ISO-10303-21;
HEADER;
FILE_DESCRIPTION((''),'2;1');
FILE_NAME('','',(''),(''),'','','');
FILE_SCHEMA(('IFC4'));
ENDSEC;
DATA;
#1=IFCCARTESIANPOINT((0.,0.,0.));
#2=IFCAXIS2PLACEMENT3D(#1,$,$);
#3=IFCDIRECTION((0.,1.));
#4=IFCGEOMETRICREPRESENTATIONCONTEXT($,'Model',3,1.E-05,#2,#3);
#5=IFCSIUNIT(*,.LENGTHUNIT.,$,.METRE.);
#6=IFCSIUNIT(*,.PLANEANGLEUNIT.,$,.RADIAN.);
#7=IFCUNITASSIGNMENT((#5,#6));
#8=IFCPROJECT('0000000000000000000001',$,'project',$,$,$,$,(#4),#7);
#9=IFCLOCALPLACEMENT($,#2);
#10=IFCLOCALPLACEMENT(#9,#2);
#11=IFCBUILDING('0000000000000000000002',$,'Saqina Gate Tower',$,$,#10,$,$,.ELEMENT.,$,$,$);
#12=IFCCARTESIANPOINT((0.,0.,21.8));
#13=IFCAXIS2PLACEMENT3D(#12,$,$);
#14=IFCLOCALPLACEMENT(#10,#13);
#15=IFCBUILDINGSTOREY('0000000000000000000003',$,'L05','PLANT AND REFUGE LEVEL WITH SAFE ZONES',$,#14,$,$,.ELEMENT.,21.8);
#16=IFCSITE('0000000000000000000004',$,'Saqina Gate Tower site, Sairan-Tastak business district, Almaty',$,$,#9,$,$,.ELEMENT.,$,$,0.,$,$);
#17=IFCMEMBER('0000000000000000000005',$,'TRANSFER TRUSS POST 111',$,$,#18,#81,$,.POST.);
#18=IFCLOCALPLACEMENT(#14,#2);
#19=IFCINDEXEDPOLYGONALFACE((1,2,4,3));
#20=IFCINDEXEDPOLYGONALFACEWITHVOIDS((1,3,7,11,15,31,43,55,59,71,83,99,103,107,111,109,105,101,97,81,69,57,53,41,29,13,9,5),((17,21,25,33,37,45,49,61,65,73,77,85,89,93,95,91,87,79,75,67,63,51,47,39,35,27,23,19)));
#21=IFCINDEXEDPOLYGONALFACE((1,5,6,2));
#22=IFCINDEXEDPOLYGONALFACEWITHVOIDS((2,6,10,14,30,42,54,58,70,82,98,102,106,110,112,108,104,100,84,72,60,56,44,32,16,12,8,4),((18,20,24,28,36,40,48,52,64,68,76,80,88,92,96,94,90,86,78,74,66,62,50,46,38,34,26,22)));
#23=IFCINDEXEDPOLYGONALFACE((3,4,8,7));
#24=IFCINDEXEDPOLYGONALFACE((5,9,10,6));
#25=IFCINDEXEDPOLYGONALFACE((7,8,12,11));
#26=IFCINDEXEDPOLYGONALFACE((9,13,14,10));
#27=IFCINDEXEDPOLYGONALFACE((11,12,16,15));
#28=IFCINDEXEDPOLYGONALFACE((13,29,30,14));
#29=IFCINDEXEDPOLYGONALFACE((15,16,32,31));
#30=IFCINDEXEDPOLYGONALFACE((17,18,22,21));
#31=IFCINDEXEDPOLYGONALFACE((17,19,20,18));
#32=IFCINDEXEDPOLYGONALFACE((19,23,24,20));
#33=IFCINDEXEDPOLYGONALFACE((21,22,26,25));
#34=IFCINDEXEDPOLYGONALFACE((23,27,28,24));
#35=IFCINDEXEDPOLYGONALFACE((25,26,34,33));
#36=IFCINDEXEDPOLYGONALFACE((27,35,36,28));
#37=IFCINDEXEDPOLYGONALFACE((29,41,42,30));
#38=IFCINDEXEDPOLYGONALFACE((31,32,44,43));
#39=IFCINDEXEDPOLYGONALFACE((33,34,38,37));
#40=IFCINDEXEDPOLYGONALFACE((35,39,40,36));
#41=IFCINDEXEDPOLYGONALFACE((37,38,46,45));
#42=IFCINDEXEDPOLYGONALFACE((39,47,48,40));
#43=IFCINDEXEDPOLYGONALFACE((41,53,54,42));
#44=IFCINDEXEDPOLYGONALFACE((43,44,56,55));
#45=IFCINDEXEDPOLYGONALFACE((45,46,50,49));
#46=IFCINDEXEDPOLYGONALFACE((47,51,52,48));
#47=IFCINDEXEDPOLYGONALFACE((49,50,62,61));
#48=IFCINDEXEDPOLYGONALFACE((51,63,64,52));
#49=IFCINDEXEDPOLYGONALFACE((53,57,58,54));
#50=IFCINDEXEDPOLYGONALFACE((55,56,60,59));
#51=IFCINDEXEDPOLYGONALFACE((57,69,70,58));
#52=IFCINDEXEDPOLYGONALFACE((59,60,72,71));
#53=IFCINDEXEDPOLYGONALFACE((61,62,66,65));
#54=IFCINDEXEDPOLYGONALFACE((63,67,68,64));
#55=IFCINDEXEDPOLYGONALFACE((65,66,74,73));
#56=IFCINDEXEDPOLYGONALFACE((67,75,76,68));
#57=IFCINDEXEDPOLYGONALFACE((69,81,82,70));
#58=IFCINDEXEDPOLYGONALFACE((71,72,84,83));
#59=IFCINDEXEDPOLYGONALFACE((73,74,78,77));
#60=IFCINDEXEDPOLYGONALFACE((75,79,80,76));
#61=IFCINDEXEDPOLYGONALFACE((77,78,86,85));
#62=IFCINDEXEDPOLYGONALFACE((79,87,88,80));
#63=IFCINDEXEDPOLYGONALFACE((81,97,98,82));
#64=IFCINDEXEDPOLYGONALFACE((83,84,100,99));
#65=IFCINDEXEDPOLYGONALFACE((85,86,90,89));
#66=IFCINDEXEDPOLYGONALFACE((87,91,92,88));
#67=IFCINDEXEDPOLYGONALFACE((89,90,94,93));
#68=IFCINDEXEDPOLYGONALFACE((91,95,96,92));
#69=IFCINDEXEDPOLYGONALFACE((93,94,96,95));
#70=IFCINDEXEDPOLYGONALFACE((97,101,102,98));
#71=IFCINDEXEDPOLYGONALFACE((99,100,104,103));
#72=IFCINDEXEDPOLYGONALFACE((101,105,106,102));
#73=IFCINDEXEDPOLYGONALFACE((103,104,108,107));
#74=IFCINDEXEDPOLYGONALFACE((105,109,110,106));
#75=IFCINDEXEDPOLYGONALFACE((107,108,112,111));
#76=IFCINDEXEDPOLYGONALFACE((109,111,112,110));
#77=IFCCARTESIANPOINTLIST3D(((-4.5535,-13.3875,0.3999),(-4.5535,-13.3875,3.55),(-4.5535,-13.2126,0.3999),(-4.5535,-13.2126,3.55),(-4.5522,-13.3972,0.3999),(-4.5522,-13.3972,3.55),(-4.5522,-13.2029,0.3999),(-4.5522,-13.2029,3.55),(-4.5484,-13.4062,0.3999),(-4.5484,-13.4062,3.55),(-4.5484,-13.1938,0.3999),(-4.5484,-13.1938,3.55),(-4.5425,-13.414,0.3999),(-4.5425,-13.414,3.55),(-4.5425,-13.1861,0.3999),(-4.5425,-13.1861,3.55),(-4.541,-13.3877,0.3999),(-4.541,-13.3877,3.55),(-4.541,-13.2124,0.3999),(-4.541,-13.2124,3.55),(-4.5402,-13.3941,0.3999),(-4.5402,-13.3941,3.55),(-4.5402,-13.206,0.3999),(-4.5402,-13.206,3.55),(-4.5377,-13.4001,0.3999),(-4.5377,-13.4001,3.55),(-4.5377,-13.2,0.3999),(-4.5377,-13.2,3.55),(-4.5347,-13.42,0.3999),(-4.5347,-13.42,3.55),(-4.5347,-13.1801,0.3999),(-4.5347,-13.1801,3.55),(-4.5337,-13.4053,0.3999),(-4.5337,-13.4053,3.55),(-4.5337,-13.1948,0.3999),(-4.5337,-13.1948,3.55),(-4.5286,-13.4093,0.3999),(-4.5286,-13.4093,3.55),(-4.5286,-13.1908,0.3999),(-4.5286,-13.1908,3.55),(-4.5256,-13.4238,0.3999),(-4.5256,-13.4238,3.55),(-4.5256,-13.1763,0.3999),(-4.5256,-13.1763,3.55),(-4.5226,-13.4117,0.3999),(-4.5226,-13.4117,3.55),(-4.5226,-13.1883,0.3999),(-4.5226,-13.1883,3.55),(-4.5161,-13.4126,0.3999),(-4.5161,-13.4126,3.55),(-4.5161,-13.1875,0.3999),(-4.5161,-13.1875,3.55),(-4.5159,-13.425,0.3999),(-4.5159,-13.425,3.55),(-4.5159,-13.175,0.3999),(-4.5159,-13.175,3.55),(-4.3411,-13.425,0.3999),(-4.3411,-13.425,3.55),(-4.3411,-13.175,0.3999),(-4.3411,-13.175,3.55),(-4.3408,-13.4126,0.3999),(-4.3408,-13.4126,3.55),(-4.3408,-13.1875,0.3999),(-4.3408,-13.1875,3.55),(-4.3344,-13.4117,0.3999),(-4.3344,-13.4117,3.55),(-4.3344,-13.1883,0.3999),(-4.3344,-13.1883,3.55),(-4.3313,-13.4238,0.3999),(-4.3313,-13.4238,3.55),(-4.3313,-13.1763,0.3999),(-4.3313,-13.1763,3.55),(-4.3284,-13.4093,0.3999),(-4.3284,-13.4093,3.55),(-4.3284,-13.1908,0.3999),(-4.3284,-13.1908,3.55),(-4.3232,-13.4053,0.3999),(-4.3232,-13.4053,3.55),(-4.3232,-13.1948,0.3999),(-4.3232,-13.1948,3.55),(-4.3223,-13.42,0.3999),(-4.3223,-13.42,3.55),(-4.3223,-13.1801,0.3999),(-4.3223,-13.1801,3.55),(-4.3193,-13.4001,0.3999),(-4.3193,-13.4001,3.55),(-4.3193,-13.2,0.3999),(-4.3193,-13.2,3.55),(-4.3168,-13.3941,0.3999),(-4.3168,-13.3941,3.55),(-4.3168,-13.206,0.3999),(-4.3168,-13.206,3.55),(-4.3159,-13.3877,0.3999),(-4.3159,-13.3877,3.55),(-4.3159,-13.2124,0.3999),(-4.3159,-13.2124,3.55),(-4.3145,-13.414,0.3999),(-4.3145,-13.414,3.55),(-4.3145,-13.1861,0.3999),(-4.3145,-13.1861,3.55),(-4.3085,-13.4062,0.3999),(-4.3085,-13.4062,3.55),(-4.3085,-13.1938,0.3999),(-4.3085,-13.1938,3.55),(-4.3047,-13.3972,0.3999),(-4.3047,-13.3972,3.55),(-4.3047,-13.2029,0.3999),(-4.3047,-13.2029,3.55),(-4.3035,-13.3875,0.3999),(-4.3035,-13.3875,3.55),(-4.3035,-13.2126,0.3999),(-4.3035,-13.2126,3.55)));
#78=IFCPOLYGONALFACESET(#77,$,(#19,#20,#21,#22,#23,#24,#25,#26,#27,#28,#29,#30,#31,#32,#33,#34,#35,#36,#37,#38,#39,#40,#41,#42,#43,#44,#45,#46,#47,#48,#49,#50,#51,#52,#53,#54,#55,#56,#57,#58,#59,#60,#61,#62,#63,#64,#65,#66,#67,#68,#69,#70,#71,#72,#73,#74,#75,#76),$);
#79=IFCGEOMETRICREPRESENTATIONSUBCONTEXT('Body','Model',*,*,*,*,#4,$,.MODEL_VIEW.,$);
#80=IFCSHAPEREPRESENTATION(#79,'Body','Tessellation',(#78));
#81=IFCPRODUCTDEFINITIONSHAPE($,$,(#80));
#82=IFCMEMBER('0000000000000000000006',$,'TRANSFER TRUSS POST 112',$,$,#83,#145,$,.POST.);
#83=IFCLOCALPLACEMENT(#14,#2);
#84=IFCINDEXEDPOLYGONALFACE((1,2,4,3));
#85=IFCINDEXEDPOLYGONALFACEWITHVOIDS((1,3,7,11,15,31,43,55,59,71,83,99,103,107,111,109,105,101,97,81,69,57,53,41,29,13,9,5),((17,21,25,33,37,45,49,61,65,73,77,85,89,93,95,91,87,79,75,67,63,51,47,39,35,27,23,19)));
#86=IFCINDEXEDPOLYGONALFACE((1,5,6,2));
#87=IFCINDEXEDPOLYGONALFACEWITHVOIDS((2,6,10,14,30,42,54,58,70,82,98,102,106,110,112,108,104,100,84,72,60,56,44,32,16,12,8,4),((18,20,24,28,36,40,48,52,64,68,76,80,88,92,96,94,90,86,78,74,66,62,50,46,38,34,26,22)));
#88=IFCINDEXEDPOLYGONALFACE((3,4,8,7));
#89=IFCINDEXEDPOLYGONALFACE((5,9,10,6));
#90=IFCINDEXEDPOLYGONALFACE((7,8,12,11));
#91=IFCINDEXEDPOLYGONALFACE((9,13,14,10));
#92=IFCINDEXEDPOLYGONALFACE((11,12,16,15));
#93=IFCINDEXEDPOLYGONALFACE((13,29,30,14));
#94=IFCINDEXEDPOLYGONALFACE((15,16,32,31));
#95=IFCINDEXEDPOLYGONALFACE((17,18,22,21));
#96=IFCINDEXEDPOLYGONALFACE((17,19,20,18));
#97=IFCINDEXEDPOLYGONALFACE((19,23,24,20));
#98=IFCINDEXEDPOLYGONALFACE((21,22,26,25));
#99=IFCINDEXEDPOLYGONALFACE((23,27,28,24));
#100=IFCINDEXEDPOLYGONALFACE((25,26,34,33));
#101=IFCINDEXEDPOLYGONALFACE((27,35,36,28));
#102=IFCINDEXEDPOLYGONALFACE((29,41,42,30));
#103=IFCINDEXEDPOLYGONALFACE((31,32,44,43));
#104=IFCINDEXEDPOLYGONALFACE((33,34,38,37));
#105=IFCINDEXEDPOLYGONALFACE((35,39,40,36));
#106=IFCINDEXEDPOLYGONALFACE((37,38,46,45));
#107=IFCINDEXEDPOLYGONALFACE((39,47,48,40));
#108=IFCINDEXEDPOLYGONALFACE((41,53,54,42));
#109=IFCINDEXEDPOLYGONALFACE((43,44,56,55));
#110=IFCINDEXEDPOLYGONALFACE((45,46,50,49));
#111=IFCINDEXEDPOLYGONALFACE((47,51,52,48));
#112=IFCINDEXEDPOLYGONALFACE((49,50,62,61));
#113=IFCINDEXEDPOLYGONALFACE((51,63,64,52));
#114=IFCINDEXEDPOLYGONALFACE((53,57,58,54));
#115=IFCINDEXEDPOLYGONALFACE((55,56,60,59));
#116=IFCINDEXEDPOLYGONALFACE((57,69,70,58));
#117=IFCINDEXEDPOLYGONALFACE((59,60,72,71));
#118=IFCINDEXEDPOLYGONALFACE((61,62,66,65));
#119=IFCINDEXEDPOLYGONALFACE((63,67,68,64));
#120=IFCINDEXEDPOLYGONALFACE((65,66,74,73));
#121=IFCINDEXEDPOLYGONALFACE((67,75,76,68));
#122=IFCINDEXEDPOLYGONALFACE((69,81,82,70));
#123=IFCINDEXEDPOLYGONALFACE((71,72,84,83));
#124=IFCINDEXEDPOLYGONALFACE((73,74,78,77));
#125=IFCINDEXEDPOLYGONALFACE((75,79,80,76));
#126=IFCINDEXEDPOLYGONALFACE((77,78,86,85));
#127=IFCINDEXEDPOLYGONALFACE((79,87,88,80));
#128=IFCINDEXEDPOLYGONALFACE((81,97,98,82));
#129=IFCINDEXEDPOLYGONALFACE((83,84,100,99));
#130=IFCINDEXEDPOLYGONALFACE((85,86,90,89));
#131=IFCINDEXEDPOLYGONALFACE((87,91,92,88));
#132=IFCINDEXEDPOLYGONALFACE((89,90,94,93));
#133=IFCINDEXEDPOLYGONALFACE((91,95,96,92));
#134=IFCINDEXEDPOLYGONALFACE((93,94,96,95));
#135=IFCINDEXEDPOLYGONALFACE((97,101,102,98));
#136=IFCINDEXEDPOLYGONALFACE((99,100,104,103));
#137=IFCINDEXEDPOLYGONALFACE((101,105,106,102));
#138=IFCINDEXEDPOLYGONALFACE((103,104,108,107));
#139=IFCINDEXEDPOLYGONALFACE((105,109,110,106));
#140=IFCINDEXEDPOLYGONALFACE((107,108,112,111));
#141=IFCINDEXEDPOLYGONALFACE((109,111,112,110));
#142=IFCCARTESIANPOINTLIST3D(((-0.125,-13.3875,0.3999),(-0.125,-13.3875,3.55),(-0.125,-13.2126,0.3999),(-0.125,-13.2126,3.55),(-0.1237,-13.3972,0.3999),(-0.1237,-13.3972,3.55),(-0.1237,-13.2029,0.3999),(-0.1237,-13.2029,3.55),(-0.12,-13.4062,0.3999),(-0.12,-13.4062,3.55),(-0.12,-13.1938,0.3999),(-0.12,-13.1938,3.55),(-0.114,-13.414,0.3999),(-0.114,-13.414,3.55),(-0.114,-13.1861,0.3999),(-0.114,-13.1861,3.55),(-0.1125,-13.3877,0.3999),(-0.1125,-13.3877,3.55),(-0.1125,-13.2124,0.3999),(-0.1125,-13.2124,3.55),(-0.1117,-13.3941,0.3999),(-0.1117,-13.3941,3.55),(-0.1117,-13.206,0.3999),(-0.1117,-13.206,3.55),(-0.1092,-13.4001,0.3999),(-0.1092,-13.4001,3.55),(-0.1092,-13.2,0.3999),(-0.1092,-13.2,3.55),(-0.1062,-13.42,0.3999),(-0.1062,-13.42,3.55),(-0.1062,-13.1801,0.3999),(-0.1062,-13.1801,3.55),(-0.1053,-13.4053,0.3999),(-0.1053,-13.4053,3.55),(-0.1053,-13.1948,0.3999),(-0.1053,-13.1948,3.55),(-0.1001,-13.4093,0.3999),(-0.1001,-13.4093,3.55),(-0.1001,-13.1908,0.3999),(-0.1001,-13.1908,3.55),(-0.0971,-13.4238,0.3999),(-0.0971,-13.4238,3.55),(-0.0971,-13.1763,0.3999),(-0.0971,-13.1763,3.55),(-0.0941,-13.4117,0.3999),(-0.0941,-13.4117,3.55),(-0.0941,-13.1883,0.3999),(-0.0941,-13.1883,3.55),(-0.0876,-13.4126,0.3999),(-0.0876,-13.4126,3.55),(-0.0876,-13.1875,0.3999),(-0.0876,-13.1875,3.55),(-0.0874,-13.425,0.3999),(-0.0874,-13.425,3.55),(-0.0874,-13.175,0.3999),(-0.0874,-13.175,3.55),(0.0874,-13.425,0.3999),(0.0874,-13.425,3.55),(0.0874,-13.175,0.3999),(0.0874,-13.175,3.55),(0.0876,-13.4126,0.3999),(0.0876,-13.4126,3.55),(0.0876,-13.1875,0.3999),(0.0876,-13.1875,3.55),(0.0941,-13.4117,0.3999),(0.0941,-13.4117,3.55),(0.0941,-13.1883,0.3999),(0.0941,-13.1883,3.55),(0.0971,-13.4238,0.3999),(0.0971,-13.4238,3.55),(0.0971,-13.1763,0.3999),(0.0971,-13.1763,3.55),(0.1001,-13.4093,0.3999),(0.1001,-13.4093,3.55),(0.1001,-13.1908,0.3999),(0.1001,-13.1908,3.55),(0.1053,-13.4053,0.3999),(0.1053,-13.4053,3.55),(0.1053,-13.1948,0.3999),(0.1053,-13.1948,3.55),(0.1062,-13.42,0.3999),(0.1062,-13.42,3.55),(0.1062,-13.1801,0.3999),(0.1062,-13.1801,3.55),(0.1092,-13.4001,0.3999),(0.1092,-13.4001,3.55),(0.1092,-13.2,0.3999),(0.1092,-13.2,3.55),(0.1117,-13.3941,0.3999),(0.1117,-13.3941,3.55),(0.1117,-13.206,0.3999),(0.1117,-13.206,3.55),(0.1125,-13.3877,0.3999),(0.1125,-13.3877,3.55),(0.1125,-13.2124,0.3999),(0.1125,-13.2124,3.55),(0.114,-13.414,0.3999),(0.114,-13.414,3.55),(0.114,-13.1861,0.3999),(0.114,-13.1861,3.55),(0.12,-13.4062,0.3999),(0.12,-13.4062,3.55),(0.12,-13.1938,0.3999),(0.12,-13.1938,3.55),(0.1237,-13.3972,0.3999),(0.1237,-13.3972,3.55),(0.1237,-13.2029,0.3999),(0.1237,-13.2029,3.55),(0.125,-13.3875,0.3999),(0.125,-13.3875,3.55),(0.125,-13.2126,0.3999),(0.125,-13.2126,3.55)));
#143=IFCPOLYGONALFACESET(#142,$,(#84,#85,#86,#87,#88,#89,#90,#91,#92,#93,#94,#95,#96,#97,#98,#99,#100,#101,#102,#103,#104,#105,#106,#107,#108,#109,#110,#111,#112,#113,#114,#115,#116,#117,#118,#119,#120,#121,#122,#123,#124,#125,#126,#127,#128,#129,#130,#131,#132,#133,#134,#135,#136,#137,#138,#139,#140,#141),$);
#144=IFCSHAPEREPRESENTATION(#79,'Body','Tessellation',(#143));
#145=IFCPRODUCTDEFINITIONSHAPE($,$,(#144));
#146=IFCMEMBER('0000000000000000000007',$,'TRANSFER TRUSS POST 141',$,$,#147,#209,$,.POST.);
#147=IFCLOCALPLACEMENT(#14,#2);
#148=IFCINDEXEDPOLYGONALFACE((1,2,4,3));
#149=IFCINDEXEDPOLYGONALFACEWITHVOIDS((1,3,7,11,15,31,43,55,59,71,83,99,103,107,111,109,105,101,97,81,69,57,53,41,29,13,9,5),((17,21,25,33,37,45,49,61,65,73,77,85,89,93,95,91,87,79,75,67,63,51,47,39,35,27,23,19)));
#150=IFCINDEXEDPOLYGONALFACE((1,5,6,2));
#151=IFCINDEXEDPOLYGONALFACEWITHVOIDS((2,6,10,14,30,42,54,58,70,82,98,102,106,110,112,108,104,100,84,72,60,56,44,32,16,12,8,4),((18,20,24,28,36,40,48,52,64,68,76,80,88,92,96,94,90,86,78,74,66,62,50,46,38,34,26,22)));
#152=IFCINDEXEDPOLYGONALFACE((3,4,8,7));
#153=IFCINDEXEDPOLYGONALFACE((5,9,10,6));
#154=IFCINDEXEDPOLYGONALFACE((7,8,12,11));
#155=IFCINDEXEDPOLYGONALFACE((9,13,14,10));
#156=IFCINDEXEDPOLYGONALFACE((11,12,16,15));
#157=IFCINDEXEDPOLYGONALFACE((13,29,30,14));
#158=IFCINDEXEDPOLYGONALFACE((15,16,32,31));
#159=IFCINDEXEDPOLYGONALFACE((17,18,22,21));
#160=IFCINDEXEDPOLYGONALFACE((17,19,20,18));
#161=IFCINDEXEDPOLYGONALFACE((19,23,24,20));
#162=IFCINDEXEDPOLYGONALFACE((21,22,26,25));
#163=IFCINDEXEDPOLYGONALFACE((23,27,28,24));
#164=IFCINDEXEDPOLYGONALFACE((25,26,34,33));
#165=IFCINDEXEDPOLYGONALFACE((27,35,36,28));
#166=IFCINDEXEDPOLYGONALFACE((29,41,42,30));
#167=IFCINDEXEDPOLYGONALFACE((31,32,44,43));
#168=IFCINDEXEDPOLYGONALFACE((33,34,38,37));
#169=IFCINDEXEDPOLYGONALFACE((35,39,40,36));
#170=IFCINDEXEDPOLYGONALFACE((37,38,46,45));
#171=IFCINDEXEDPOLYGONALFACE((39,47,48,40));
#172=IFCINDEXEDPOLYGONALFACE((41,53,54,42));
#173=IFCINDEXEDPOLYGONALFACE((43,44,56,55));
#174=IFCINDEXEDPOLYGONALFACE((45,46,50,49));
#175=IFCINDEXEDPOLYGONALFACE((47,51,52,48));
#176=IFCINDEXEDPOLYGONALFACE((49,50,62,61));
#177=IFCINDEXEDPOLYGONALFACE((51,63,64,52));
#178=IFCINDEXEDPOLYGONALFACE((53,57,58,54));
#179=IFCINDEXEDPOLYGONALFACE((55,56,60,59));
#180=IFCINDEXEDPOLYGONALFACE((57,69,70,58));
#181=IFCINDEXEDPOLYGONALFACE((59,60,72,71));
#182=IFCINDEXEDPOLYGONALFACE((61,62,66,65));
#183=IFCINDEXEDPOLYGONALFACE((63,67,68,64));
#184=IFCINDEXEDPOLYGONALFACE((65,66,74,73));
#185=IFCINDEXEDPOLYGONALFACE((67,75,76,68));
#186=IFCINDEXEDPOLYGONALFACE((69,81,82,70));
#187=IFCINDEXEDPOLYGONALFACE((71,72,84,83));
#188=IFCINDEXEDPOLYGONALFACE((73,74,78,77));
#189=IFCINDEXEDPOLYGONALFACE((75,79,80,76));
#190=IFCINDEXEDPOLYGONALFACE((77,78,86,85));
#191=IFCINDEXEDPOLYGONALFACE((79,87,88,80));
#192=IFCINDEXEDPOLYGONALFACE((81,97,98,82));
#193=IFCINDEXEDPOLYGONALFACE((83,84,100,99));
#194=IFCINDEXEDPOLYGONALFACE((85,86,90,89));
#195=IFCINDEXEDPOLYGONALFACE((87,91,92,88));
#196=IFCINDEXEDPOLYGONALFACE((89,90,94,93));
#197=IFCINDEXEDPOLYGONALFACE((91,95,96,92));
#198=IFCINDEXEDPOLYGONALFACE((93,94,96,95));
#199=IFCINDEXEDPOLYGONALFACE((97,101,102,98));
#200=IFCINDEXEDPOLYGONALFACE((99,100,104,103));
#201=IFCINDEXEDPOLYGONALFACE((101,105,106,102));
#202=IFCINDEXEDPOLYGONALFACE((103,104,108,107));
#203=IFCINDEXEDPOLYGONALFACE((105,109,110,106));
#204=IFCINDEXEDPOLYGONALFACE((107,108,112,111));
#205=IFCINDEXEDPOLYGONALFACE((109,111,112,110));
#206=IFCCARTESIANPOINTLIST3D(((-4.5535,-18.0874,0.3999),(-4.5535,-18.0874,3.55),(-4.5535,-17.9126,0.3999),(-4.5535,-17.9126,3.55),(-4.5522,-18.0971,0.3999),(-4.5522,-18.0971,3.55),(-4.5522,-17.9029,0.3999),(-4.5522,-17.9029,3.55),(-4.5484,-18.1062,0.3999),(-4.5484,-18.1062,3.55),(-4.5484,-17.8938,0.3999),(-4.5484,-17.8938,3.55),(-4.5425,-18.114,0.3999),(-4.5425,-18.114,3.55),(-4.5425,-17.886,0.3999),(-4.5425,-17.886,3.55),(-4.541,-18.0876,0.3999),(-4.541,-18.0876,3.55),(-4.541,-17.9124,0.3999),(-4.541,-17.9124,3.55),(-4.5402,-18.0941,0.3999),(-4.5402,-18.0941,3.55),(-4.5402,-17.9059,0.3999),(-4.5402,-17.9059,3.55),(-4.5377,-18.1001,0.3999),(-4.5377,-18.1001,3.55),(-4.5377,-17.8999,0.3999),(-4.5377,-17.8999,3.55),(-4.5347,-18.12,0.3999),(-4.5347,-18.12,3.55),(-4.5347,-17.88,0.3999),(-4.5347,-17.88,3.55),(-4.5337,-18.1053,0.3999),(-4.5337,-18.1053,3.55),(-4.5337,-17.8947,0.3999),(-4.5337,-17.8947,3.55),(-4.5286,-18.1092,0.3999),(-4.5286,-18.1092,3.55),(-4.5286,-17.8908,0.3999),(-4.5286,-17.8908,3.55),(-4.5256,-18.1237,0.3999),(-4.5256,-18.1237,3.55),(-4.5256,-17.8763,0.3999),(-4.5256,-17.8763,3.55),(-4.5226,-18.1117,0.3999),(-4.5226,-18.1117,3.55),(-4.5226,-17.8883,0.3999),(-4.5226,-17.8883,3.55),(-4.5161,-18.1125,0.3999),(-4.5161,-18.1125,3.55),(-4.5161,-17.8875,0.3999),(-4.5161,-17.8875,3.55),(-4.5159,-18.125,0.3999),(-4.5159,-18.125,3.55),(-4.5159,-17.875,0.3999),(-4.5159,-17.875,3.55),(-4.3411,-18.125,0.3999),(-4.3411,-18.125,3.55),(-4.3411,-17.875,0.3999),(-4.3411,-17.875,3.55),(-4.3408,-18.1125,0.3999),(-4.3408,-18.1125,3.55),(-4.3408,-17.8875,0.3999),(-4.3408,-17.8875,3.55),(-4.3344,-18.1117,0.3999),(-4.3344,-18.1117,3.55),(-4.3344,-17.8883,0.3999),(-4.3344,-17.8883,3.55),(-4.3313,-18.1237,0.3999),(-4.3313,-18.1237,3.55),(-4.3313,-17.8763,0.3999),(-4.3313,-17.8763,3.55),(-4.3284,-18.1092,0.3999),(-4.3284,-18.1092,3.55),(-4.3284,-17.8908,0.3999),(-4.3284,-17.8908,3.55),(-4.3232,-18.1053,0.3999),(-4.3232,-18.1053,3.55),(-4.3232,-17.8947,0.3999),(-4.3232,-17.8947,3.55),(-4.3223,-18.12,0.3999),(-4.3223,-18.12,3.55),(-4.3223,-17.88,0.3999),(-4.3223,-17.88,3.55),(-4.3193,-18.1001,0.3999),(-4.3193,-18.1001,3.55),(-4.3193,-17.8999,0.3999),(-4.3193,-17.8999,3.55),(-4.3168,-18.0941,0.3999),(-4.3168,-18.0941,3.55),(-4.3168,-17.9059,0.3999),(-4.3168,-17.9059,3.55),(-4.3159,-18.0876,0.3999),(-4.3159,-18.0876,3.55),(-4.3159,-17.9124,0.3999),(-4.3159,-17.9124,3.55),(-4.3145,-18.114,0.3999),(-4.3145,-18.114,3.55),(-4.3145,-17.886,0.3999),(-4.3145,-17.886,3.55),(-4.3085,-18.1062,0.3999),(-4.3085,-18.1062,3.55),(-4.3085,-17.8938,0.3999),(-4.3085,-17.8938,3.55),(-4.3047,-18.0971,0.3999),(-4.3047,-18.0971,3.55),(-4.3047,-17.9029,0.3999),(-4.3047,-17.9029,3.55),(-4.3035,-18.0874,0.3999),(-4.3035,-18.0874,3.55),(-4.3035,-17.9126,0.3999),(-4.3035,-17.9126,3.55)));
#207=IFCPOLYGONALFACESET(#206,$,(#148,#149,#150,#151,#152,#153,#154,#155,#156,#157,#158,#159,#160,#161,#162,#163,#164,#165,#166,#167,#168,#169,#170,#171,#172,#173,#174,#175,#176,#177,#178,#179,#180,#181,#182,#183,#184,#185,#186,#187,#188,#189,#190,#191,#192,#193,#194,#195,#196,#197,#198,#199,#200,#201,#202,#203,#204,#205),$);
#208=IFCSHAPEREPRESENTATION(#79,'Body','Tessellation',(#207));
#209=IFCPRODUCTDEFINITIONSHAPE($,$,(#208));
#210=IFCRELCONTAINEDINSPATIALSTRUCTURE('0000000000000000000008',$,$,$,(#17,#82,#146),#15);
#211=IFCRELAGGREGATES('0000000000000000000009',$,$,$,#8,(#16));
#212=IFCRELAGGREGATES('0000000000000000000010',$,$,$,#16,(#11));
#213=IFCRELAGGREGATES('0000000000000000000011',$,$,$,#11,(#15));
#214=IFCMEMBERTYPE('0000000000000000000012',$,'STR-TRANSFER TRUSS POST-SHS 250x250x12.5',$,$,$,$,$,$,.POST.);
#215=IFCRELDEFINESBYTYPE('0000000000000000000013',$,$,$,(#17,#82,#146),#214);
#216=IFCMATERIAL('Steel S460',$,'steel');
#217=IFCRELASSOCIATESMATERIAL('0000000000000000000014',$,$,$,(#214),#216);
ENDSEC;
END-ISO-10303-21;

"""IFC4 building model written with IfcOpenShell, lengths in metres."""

from ifc_helpers import new_model, si_unit, direction, frame, origin, origin_2d, place, context, subcontext, project, spatial, hollow_rectangle, extrude, material, material_profile, profile_set, type_object, element, save


model = new_model("IFC4")

# Units and contexts
model_context = context("Model", 3, precision=1e-05, world=origin(), true_north=direction((0.0, 1.0)))
body_context = subcontext(model_context, "Body", "Model", "MODEL_VIEW")
ifc_project = project(units=[si_unit("LENGTHUNIT", "METRE"), si_unit("PLANEANGLEUNIT", "RADIAN")], contexts=[model_context])

# Site, building, storey
site_placement = place(None, origin())
site = spatial("IfcSite", under=ifc_project, at=site_placement, Name="Saqina Gate Tower site, Sairan-Tastak business district, Almaty", CompositionType="ELEMENT", RefElevation=0.0)
building_placement = place(site_placement, origin())
building = spatial("IfcBuilding", under=site, at=building_placement, Name="Saqina Gate Tower", CompositionType="ELEMENT")
storey_placement = place(building_placement, frame((0.0, 0.0, 21.8)))
storey = spatial("IfcBuildingStorey", under=building, at=storey_placement, Name="L05", Description="PLANT AND REFUGE LEVEL WITH SAFE ZONES", CompositionType="ELEMENT", Elevation=21.8)

# Members
ifc_material_1 = material(Name="Steel S460", Category="steel")
ifc_material_profile_1 = material_profile(ifc_material_1, hollow_rectangle(XDim=0.25, YDim=0.25, WallThickness=0.0125, InnerFilletRadius=0.0249, OuterFilletRadius=0.0376, at=origin_2d()), Name="SHS 250x250x12.5")
ifc_profile_set_1 = profile_set([ifc_material_profile_1], Name="Steel S460")
member_type_1 = type_object("IfcMemberType", Name="STR-TRANSFER TRUSS POST-SHS 250x250x12.5", PredefinedType="POST", material=ifc_profile_set_1)
for number, where, z_axis, x_axis, name in (
    (1, (-4.4285, -13.3, 0.3999), (0.0, 0.0, 1.0), (1.0, 0.0, 0.0), "TRANSFER TRUSS POST 111"),
    (2, (0.0, -13.3, 0.3999), (0.0, 0.0, 1.0), (1.0, 0.0, 0.0), "TRANSFER TRUSS POST 112"),
    (3, (-4.4285, -18.0, 0.3999), (0.0, 0.0, 1.0), (1.0, 0.0, 0.0), "TRANSFER TRUSS POST 141"),
):
    element("IfcMember", number, at=place(storey_placement, frame(where, z_axis=z_axis, x_axis=x_axis)), inside=storey, type_object=member_type_1, Name=name, PredefinedType="POST", context=body_context, shape_type="SweptSolid", body=[
        extrude(hollow_rectangle(XDim=0.25, YDim=0.25, WallThickness=0.0125, InnerFilletRadius=0.0249, OuterFilletRadius=0.0376, at=origin_2d()), origin(), (0.0, 0.0, 1.0), 3.1501),
    ])

save(model, "model.ifc")
